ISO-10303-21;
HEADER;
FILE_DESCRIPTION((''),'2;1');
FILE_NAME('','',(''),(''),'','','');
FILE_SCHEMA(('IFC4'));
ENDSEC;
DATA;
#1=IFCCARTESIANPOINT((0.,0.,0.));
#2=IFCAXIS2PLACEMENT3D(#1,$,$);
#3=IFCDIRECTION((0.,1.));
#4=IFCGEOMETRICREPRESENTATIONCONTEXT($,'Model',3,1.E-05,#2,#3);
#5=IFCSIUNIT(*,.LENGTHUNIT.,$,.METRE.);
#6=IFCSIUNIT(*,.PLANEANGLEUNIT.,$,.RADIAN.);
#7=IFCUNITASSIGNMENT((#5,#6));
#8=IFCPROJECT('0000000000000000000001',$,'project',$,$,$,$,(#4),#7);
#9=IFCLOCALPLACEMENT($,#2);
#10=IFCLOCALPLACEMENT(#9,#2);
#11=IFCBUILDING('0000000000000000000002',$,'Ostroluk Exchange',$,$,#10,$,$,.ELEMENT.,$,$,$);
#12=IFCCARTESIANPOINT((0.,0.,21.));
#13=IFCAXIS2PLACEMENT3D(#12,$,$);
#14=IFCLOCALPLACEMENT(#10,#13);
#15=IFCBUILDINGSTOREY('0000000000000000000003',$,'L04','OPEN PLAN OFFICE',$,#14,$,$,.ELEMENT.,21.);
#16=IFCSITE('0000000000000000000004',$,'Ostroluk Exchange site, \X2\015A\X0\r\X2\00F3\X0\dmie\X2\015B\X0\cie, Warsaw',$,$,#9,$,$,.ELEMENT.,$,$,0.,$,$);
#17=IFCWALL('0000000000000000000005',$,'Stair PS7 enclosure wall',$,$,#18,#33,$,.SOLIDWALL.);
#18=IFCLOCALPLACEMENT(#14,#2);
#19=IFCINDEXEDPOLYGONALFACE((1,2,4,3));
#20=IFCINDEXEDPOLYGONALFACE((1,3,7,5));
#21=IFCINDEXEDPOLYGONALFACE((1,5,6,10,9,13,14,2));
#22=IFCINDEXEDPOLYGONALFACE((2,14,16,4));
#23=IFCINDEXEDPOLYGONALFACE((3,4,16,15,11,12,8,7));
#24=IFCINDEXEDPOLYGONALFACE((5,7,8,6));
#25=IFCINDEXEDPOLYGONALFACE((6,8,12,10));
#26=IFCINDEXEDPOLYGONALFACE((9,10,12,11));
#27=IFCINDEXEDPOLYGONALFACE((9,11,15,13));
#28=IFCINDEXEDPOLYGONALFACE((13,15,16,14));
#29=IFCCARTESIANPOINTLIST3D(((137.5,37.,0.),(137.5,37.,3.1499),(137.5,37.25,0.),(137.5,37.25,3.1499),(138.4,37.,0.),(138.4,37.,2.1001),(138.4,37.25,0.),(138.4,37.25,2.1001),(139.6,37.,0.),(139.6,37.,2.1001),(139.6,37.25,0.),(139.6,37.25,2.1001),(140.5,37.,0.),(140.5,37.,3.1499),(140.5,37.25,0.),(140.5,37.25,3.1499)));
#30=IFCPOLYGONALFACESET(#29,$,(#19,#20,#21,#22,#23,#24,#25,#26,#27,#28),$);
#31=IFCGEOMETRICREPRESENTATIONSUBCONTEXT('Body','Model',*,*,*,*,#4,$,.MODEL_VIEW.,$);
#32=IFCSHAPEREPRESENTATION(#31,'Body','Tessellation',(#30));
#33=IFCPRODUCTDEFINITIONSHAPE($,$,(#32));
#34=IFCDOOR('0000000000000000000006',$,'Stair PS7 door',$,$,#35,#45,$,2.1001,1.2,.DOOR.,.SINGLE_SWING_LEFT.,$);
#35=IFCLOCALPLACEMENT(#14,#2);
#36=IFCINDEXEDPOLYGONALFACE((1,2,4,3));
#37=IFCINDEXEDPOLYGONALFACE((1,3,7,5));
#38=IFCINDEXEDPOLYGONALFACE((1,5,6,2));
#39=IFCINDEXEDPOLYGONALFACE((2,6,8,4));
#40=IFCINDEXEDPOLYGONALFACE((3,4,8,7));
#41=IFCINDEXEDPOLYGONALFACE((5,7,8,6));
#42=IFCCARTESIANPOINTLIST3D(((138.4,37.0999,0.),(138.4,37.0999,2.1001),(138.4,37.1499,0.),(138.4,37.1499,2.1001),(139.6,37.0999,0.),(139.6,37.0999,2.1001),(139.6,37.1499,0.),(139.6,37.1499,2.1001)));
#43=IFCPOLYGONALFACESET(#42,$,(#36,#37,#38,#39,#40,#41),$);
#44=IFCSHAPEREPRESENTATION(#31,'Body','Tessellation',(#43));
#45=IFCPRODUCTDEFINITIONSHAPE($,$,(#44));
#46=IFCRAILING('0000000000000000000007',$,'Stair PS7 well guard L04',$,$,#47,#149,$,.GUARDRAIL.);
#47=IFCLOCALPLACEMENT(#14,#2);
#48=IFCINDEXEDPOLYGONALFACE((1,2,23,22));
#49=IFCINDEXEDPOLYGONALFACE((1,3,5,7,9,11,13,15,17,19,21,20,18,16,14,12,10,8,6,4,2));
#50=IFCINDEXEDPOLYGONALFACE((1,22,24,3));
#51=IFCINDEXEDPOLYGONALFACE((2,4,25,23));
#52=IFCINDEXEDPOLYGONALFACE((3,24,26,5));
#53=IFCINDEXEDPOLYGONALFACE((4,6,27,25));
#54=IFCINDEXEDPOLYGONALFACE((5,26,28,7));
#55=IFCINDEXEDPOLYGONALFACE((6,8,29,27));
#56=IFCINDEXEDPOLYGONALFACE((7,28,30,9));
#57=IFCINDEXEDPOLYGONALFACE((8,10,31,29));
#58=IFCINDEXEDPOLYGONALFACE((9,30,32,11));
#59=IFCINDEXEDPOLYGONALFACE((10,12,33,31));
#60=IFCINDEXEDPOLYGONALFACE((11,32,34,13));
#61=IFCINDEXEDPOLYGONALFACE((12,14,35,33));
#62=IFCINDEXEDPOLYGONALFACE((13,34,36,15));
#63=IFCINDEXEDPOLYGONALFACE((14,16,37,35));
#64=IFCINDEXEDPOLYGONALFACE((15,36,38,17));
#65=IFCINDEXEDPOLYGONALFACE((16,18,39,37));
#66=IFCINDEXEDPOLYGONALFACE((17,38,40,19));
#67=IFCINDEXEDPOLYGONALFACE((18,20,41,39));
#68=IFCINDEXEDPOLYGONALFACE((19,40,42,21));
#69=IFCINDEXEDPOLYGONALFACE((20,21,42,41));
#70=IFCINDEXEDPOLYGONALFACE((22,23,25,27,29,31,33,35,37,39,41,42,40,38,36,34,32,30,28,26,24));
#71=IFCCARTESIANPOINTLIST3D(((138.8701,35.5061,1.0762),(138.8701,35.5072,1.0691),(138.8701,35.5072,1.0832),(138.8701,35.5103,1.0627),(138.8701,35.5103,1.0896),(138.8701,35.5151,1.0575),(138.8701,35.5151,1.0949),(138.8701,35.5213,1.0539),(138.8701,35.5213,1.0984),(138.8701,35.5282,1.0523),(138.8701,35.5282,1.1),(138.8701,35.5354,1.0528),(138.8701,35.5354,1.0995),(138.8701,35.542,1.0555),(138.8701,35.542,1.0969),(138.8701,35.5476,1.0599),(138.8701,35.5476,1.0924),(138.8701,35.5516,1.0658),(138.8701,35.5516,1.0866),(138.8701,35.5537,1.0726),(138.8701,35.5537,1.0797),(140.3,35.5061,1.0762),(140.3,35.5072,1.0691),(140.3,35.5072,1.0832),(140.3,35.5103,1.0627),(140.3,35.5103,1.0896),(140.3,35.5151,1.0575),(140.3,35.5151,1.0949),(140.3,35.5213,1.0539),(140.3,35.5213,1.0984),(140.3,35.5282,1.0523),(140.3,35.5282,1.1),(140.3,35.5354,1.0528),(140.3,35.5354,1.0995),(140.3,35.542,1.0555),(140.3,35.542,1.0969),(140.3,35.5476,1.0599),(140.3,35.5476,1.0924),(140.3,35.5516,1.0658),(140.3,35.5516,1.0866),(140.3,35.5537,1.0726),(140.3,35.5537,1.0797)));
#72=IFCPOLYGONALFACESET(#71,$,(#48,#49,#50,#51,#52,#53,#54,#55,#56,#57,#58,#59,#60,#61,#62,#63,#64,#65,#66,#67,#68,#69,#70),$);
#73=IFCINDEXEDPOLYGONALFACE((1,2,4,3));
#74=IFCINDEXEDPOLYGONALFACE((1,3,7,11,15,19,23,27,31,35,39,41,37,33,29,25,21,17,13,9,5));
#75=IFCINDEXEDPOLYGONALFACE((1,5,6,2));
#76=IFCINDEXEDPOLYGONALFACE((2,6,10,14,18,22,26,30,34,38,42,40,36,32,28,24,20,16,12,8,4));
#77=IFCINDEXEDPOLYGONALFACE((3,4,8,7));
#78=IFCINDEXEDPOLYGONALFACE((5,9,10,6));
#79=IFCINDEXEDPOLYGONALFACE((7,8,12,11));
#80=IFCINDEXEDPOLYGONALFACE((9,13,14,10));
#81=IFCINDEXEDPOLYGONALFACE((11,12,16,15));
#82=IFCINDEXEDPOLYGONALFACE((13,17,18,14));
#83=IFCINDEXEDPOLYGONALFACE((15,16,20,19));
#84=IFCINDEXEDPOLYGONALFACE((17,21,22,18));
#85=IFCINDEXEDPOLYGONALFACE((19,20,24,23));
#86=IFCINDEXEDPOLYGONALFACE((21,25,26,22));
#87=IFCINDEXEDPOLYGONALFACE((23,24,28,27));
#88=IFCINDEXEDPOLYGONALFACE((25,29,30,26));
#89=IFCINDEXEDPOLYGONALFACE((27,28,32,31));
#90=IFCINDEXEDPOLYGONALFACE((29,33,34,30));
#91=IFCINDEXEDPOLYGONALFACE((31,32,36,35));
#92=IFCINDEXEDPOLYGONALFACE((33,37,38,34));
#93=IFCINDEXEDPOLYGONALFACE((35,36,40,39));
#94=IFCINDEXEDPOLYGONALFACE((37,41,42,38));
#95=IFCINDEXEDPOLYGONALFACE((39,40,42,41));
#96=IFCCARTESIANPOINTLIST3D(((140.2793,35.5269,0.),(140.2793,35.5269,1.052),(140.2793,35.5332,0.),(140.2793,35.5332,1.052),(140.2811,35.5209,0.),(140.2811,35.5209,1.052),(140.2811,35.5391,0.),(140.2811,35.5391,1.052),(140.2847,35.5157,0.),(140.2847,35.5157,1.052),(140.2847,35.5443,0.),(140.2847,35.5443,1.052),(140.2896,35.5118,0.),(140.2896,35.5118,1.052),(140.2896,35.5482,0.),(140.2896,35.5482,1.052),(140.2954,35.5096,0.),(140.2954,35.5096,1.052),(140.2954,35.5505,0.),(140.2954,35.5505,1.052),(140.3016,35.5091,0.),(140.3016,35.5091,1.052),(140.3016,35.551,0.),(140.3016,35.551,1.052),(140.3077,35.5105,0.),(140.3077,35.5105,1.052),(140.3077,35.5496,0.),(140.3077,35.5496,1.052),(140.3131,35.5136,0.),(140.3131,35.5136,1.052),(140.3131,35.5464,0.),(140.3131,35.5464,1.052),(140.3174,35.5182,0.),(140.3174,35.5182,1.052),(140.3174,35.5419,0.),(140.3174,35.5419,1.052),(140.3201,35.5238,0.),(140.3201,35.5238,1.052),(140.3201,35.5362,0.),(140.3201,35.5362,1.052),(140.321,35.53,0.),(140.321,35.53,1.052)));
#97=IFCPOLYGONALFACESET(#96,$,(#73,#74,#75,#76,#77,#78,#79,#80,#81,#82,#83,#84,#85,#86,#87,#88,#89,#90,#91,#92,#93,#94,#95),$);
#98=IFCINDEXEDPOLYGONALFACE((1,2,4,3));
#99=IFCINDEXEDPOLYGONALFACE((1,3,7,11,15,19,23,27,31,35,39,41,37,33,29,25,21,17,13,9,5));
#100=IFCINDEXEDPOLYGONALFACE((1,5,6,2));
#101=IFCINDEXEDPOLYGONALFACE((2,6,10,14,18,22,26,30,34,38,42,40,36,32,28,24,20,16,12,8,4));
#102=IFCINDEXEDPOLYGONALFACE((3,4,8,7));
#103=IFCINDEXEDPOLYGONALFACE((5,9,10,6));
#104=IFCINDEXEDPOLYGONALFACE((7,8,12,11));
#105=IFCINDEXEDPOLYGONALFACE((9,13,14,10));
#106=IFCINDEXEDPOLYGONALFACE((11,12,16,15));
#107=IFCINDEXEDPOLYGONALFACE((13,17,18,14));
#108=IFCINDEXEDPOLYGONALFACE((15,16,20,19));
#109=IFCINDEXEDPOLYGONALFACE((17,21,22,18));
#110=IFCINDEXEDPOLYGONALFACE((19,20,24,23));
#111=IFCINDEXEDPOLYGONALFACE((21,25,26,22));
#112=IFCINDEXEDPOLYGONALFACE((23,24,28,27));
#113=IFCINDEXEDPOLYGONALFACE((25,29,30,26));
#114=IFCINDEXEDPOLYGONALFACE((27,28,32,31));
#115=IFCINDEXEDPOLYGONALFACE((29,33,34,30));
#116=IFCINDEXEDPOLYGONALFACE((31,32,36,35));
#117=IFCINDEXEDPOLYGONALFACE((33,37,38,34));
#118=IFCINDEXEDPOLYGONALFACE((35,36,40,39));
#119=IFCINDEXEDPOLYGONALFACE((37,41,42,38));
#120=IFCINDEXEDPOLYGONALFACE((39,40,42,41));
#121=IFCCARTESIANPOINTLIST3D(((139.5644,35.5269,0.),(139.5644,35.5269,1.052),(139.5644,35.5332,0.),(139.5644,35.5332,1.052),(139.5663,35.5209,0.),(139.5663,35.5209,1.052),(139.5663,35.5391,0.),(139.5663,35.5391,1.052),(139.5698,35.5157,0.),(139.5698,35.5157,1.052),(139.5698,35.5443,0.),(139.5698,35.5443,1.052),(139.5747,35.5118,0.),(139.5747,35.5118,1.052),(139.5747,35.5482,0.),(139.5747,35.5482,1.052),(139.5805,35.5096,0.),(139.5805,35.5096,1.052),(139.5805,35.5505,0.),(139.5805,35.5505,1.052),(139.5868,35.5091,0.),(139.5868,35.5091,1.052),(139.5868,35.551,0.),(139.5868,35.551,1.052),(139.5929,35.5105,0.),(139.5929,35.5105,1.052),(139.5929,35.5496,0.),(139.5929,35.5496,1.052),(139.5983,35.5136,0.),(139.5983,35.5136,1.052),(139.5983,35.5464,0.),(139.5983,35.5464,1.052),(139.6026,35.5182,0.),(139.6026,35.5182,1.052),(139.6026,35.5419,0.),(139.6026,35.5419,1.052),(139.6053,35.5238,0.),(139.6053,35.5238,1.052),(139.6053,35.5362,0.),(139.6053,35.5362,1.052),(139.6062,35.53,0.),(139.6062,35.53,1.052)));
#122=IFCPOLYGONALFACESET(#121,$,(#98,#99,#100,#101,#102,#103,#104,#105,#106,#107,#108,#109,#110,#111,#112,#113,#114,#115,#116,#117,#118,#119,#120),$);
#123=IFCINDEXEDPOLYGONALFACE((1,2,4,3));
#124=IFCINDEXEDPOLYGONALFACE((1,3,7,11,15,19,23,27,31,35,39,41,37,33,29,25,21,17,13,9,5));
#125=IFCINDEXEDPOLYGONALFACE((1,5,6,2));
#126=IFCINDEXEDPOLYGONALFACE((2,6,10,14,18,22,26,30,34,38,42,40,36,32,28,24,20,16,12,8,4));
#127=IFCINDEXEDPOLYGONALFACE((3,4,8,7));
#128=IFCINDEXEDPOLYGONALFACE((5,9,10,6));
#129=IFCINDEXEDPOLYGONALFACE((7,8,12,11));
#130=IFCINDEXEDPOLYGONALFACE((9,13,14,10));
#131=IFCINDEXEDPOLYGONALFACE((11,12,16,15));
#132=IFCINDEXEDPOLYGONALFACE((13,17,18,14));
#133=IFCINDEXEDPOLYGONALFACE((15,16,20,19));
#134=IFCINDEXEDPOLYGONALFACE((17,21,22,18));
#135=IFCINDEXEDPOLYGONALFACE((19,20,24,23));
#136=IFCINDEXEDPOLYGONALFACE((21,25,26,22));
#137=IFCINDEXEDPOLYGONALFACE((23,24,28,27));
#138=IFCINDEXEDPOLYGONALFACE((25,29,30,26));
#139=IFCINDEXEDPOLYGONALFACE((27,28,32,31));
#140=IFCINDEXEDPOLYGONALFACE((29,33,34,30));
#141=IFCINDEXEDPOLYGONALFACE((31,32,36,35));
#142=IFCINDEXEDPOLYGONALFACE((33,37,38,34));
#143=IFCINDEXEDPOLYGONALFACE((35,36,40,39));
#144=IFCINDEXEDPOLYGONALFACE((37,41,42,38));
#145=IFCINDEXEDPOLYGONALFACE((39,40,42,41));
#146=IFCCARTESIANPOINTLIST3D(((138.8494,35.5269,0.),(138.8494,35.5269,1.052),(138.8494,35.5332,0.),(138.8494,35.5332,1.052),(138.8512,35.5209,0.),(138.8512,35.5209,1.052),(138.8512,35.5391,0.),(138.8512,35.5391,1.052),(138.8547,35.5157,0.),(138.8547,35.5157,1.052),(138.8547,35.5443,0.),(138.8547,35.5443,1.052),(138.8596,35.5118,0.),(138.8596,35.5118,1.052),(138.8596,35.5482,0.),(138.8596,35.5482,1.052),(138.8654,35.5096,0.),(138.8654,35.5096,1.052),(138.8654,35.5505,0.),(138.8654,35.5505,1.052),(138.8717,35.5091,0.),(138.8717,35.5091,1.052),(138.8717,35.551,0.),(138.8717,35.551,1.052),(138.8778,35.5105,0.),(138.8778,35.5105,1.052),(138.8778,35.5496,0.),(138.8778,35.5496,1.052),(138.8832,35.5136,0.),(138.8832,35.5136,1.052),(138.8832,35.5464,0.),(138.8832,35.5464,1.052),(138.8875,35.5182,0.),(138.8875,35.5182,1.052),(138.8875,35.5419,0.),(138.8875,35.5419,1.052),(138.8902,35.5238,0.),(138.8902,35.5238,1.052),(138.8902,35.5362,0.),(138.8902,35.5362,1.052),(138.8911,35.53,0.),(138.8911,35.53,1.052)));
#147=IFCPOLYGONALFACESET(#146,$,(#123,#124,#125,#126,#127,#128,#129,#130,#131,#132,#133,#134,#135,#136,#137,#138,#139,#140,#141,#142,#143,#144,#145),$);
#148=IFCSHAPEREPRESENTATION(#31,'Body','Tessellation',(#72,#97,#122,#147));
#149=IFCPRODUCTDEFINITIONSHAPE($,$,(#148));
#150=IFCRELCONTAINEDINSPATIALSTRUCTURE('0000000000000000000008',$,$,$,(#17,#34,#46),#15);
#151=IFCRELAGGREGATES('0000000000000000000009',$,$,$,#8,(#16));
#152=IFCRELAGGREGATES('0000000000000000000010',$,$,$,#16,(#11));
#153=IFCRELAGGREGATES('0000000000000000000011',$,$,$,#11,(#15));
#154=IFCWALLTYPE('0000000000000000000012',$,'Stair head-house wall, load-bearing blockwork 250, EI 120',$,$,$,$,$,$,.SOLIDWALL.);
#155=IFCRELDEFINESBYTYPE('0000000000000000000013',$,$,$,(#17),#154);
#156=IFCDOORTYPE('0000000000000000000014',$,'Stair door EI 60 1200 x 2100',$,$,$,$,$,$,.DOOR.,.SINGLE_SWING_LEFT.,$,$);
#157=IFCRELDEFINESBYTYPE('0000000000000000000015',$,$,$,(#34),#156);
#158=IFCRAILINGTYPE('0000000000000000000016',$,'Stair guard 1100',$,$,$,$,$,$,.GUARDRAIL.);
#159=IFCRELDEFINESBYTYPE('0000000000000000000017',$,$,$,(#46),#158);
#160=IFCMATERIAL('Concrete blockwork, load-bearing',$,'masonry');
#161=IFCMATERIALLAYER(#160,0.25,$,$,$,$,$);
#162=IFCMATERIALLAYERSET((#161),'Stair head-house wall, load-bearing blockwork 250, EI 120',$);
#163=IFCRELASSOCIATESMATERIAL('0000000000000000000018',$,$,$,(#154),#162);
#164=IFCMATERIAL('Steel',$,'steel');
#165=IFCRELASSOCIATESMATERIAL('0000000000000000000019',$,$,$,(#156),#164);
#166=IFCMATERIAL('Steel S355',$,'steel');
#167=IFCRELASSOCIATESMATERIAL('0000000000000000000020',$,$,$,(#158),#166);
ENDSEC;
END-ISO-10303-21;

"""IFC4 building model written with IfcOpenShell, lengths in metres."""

from ifc_helpers import new_model, si_unit, direction, frame, frame_2d, origin, origin_2d, place, context, subcontext, project, spatial, rectangle, circle, extrude, material, layer, layer_set, type_object, element, fill, save


model = new_model("IFC4")

# Units and contexts
model_context = context("Model", 3, precision=1e-05, world=origin(), true_north=direction((0.0, 1.0)))
body_context = subcontext(model_context, "Body", "Model", "MODEL_VIEW")
ifc_project = project(units=[si_unit("LENGTHUNIT", "METRE"), si_unit("PLANEANGLEUNIT", "RADIAN")], contexts=[model_context])

# Site, building, storey
site_placement = place(None, origin())
site = spatial("IfcSite", under=ifc_project, at=site_placement, Name="Ostroluk Exchange site, Śródmieście, Warsaw", CompositionType="ELEMENT", RefElevation=0.0)
building_placement = place(site_placement, origin())
building = spatial("IfcBuilding", under=site, at=building_placement, Name="Ostroluk Exchange", CompositionType="ELEMENT")
storey_placement = place(building_placement, frame((0.0, 0.0, 21.0)))
storey = spatial("IfcBuildingStorey", under=building, at=storey_placement, Name="L04", Description="OPEN PLAN OFFICE", CompositionType="ELEMENT", Elevation=21.0)

# Wall, opening, door
ifc_material_1 = material(Name="Concrete blockwork, load-bearing", Category="masonry")
ifc_layer_1 = layer(ifc_material_1, 0.25)
ifc_layer_set_1 = layer_set([ifc_layer_1], Name="Stair head-house wall, load-bearing blockwork 250, EI 120")
wall_type_1 = type_object("IfcWallType", Name="Stair head-house wall, load-bearing blockwork 250, EI 120", PredefinedType="SOLIDWALL", material=ifc_layer_set_1)
wall_1_placement = place(storey_placement, frame((137.5, 37.125, 0.0), z_axis=(0.0, 0.0, 1.0), x_axis=(1.0, 0.0, 0.0)))
wall_1 = element("IfcWall", 1, at=wall_1_placement, inside=storey, type_object=wall_type_1, Name="Stair PS7 enclosure wall", PredefinedType="SOLIDWALL", context=body_context, shape_type="SweptSolid", body=[
    extrude(rectangle(XDim=3.0, YDim=0.25, at=frame_2d((1.5, 0.0))), origin(), (0.0, 0.0, 1.0), 3.1499),
])
opening_placement = place(wall_1_placement, frame((0.8999, 0.0, 0.0)))
opening = element("IfcOpeningElement", 2, at=opening_placement, cuts=wall_1, PredefinedType="OPENING", context=body_context, shape_type="SweptSolid", body=[
    extrude(rectangle(XDim=1.2, YDim=2.1001, at=frame_2d((0.6001, 1.05))), frame((0.0, 0.135, 0.0), z_axis=(0.0, -1.0, 0.0), x_axis=(1.0, 0.0, 0.0)), (0.0, 0.0, 1.0), 0.27),
])
ifc_material_2 = material(Name="Steel", Category="steel")
door_type = type_object("IfcDoorType", Name="Stair door EI 60 1200 x 2100", OperationType="SINGLE_SWING_LEFT", PredefinedType="DOOR", material=ifc_material_2)
door_placement = place(opening_placement, origin())
door = element("IfcDoor", 3, at=door_placement, inside=storey, type_object=door_type, Name="Stair PS7 door", OperationType="SINGLE_SWING_LEFT", OverallHeight=2.1001, OverallWidth=1.2, PredefinedType="DOOR", context=body_context, shape_type="SweptSolid", body=[
    extrude(rectangle(XDim=1.2, YDim=2.1001, at=frame_2d((0.6001, 1.05))), frame((0.0, 0.0249, 0.0), z_axis=(0.0, -1.0, 0.0), x_axis=(1.0, 0.0, 0.0)), (0.0, 0.0, 1.0), 0.05),
])
fill(opening, door)

# Railing
ifc_material_3 = material(Name="Steel S355", Category="steel")
railing_type_1 = type_object("IfcRailingType", Name="Stair guard 1100", PredefinedType="GUARDRAIL", material=ifc_material_3)
railing_1_placement = place(storey_placement, frame((140.3, 35.53, 0.0)))
element("IfcRailing", 4, at=railing_1_placement, inside=storey, type_object=railing_type_1, Name="Stair PS7 well guard L04", PredefinedType="GUARDRAIL", context=body_context, shape_type="SweptSolid", body=[
    extrude(circle(Radius=0.0239, at=origin_2d()), frame((0.0, 0.0, 1.0762), z_axis=(-1.0, 0.0, 0.0), x_axis=(0.0, -1.0, 0.0)), (0.0, 0.0, 1.0), 1.4299),
    extrude(circle(Radius=0.021, at=origin_2d()), origin(), (0.0, 0.0, 1.0), 1.052),
    extrude(circle(Radius=0.021, at=origin_2d()), frame((-0.7148, 0.0, 0.0)), (0.0, 0.0, 1.0), 1.052),
    extrude(circle(Radius=0.021, at=origin_2d()), frame((-1.4299, 0.0, 0.0)), (0.0, 0.0, 1.0), 1.052),
])

save(model, "model.ifc")
